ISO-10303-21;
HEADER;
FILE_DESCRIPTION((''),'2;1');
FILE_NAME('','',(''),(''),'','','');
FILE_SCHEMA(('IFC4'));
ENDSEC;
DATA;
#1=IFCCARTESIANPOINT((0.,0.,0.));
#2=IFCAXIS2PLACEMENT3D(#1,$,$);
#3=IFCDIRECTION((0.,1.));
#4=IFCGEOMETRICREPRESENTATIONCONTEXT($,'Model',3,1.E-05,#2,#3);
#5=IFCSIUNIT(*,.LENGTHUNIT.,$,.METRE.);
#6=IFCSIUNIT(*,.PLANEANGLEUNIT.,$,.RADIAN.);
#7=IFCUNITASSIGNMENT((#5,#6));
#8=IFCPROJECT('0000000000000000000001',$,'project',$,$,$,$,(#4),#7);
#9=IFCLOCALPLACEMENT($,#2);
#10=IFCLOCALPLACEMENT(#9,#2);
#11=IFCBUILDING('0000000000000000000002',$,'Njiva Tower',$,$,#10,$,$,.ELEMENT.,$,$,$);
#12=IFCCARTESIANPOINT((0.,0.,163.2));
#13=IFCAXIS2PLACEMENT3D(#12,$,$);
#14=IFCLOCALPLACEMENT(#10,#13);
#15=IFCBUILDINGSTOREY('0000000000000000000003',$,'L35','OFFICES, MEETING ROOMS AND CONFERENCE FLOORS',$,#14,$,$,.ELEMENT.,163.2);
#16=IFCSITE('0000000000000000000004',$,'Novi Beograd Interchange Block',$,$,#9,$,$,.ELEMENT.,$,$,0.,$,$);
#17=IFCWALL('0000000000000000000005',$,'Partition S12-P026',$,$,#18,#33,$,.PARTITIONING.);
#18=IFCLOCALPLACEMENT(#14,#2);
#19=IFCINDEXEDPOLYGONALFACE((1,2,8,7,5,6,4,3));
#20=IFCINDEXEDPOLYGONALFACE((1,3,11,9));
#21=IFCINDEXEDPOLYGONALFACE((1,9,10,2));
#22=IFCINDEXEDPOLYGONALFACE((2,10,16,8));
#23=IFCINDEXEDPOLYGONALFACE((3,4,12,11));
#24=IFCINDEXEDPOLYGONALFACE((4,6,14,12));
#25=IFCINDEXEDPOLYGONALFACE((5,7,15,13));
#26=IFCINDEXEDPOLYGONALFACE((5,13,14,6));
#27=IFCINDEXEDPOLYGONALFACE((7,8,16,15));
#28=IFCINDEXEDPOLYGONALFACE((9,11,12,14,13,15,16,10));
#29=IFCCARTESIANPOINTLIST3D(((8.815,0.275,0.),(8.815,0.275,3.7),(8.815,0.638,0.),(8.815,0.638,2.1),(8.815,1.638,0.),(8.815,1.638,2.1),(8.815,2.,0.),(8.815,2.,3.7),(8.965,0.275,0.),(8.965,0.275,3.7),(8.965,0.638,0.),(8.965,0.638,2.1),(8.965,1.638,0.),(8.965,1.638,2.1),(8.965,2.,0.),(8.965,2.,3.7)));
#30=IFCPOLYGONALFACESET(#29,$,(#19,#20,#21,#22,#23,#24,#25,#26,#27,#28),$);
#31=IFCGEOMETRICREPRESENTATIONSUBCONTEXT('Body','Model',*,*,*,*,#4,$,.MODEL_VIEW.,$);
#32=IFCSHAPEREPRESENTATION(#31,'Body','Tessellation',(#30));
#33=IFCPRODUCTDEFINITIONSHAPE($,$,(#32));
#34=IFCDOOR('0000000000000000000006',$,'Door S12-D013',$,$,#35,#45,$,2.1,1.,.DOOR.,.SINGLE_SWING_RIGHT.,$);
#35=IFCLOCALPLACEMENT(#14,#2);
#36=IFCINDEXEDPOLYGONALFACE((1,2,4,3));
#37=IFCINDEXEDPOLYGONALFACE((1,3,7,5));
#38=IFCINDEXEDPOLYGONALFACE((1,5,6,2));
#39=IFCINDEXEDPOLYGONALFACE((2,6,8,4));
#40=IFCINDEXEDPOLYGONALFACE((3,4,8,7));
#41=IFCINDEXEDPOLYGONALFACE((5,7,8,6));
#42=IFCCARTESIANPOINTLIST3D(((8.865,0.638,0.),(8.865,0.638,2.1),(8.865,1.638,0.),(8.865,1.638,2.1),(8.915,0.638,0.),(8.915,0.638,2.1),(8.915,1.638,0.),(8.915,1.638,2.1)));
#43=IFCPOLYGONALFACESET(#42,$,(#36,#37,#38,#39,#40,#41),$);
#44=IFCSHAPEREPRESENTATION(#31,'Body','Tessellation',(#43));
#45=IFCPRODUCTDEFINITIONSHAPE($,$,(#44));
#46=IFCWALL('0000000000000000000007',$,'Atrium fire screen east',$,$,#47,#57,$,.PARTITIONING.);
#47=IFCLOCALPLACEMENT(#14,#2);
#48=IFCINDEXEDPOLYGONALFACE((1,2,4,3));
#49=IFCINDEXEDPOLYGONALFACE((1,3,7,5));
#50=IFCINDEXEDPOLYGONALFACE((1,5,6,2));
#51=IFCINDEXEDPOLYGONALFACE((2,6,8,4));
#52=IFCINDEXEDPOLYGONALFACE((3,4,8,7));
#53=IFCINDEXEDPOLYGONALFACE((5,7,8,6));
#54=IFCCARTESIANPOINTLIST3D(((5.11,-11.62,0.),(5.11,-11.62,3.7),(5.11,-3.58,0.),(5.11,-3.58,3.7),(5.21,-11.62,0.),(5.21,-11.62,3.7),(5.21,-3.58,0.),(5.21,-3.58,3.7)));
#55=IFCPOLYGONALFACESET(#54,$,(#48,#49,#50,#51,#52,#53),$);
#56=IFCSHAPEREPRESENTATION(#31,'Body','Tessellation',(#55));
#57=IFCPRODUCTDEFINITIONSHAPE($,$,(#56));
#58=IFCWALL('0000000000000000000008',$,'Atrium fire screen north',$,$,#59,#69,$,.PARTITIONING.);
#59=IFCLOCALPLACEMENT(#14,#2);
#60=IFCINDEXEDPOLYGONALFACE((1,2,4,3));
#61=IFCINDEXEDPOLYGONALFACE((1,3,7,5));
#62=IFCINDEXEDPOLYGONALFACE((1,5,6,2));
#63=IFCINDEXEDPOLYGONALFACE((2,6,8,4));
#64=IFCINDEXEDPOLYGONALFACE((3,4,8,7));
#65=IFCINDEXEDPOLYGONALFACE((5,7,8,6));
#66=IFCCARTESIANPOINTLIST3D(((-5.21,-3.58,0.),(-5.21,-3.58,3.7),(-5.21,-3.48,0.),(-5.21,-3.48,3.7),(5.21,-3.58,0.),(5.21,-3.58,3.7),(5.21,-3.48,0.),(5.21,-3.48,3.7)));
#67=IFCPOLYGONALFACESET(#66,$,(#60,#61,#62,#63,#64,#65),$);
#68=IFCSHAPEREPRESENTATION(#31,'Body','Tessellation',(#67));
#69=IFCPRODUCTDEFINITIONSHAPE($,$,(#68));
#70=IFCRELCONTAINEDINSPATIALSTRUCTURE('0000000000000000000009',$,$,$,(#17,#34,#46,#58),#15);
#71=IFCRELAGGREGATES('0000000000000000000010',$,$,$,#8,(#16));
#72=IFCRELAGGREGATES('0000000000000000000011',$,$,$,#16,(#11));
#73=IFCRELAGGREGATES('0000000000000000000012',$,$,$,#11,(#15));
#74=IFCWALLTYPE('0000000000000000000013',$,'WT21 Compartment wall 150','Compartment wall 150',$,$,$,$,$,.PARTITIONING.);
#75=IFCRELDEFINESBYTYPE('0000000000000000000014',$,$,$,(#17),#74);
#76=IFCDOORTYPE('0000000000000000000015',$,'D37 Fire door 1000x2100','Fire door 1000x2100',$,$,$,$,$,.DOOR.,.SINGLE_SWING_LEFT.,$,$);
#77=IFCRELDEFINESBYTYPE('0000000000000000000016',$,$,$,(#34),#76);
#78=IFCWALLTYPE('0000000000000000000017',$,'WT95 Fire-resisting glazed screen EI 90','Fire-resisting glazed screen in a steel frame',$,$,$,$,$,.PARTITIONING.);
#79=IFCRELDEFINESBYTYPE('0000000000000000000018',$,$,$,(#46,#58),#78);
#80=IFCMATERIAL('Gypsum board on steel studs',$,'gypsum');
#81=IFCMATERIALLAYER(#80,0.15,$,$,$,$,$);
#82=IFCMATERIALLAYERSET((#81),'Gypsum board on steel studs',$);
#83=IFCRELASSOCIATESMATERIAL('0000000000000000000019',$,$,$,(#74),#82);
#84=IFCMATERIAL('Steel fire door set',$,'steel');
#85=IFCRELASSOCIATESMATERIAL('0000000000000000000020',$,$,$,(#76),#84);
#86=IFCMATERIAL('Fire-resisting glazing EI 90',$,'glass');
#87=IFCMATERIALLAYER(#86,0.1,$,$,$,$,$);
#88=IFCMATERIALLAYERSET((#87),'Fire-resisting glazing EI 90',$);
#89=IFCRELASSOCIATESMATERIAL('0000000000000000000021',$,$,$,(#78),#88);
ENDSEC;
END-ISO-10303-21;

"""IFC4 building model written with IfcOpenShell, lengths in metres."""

from ifc_helpers import new_model, si_unit, direction, frame, frame_2d, origin, place, context, subcontext, project, spatial, rectangle, extrude, material, layer, layer_set, type_object, element, fill, save


model = new_model("IFC4")

# Units and contexts
model_context = context("Model", 3, precision=1e-05, world=origin(), true_north=direction((0.0, 1.0)))
body_context = subcontext(model_context, "Body", "Model", "MODEL_VIEW")
ifc_project = project(units=[si_unit("LENGTHUNIT", "METRE"), si_unit("PLANEANGLEUNIT", "RADIAN")], contexts=[model_context])

# Site, building, storey
site_placement = place(None, origin())
site = spatial("IfcSite", under=ifc_project, at=site_placement, Name="Novi Beograd Interchange Block", CompositionType="ELEMENT", RefElevation=0.0)
building_placement = place(site_placement, origin())
building = spatial("IfcBuilding", under=site, at=building_placement, Name="Njiva Tower", CompositionType="ELEMENT")
storey_placement = place(building_placement, frame((0.0, 0.0, 163.2)))
storey = spatial("IfcBuildingStorey", under=building, at=storey_placement, Name="L35", Description="OFFICES, MEETING ROOMS AND CONFERENCE FLOORS", CompositionType="ELEMENT", Elevation=163.2)

# Shared definitions
ifc_material_1 = material(Name="Gypsum board on steel studs", Category="gypsum")
ifc_layer_1 = layer(ifc_material_1, 0.15)
ifc_layer_set_1 = layer_set([ifc_layer_1], Name="Gypsum board on steel studs")
wall_type_1 = type_object("IfcWallType", Name="WT21 Compartment wall 150", Description="Compartment wall 150", PredefinedType="PARTITIONING", material=ifc_layer_set_1)

# Wall, opening, door
ifc_material_2 = material(Name="Steel fire door set", Category="steel")
door_type = type_object("IfcDoorType", Name="D37 Fire door 1000x2100", Description="Fire door 1000x2100", OperationType="SINGLE_SWING_LEFT", PredefinedType="DOOR", material=ifc_material_2)
wall_1_placement = place(storey_placement, frame((8.89, 0.275, 0.0), z_axis=(0.0, 0.0, 1.0), x_axis=(0.0, 1.0, 0.0)))
wall_1 = element("IfcWall", 1, at=wall_1_placement, inside=storey, type_object=wall_type_1, Name="Partition S12-P026", PredefinedType="PARTITIONING", context=body_context, shape_type="SweptSolid", body=[
    extrude(rectangle(XDim=1.725, YDim=0.15, at=frame_2d((0.8625, 0.0))), origin(), (0.0, 0.0, 1.0), 3.7),
])
opening_1_placement = place(wall_1_placement, frame((0.363, 0.0, 0.0)))
opening_1 = element("IfcOpeningElement", 2, at=opening_1_placement, cuts=wall_1, PredefinedType="OPENING", context=body_context, shape_type="SweptSolid", body=[
    extrude(rectangle(XDim=1.0, YDim=2.1, at=frame_2d((0.5, 1.05))), frame((0.0, 0.085, 0.0), z_axis=(0.0, -1.0, 0.0), x_axis=(1.0, 0.0, 0.0)), (0.0, 0.0, 1.0), 0.17),
])
door_1_placement = place(opening_1_placement, origin())
door_1 = element("IfcDoor", 3, at=door_1_placement, inside=storey, type_object=door_type, Name="Door S12-D013", OperationType="SINGLE_SWING_RIGHT", OverallHeight=2.1, OverallWidth=1.0, PredefinedType="DOOR", context=body_context, shape_type="SweptSolid", body=[
    extrude(rectangle(XDim=1.0, YDim=2.1, at=frame_2d((0.5, 1.05))), frame((0.0, 0.025, 0.0), z_axis=(0.0, -1.0, 0.0), x_axis=(1.0, 0.0, 0.0)), (0.0, 0.0, 1.0), 0.05),
])
fill(opening_1, door_1)

# Walls
ifc_material_3 = material(Name="Fire-resisting glazing EI 90", Category="glass")
ifc_layer_2 = layer(ifc_material_3, 0.1)
ifc_layer_set_2 = layer_set([ifc_layer_2], Name="Fire-resisting glazing EI 90")
wall_type_2 = type_object("IfcWallType", Name="WT95 Fire-resisting glazed screen EI 90", Description="Fire-resisting glazed screen in a steel frame", PredefinedType="PARTITIONING", material=ifc_layer_set_2)
wall_2_placement = place(storey_placement, frame((5.16, -11.62, 0.0), z_axis=(0.0, 0.0, 1.0), x_axis=(0.0, 1.0, 0.0)))
element("IfcWall", 4, at=wall_2_placement, inside=storey, type_object=wall_type_2, Name="Atrium fire screen east", PredefinedType="PARTITIONING", context=body_context, shape_type="SweptSolid", body=[
    extrude(rectangle(XDim=8.04, YDim=0.1, at=frame_2d((4.02, 0.0))), origin(), (0.0, 0.0, 1.0), 3.7),
])
wall_3_placement = place(storey_placement, frame((5.21, -3.53, 0.0), z_axis=(0.0, 0.0, 1.0), x_axis=(-1.0, 0.0, 0.0)))
element("IfcWall", 5, at=wall_3_placement, inside=storey, type_object=wall_type_2, Name="Atrium fire screen north", PredefinedType="PARTITIONING", context=body_context, shape_type="SweptSolid", body=[
    extrude(rectangle(XDim=10.42, YDim=0.1, at=frame_2d((5.21, 0.0))), origin(), (0.0, 0.0, 1.0), 3.7),
])

save(model, "model.ifc")
